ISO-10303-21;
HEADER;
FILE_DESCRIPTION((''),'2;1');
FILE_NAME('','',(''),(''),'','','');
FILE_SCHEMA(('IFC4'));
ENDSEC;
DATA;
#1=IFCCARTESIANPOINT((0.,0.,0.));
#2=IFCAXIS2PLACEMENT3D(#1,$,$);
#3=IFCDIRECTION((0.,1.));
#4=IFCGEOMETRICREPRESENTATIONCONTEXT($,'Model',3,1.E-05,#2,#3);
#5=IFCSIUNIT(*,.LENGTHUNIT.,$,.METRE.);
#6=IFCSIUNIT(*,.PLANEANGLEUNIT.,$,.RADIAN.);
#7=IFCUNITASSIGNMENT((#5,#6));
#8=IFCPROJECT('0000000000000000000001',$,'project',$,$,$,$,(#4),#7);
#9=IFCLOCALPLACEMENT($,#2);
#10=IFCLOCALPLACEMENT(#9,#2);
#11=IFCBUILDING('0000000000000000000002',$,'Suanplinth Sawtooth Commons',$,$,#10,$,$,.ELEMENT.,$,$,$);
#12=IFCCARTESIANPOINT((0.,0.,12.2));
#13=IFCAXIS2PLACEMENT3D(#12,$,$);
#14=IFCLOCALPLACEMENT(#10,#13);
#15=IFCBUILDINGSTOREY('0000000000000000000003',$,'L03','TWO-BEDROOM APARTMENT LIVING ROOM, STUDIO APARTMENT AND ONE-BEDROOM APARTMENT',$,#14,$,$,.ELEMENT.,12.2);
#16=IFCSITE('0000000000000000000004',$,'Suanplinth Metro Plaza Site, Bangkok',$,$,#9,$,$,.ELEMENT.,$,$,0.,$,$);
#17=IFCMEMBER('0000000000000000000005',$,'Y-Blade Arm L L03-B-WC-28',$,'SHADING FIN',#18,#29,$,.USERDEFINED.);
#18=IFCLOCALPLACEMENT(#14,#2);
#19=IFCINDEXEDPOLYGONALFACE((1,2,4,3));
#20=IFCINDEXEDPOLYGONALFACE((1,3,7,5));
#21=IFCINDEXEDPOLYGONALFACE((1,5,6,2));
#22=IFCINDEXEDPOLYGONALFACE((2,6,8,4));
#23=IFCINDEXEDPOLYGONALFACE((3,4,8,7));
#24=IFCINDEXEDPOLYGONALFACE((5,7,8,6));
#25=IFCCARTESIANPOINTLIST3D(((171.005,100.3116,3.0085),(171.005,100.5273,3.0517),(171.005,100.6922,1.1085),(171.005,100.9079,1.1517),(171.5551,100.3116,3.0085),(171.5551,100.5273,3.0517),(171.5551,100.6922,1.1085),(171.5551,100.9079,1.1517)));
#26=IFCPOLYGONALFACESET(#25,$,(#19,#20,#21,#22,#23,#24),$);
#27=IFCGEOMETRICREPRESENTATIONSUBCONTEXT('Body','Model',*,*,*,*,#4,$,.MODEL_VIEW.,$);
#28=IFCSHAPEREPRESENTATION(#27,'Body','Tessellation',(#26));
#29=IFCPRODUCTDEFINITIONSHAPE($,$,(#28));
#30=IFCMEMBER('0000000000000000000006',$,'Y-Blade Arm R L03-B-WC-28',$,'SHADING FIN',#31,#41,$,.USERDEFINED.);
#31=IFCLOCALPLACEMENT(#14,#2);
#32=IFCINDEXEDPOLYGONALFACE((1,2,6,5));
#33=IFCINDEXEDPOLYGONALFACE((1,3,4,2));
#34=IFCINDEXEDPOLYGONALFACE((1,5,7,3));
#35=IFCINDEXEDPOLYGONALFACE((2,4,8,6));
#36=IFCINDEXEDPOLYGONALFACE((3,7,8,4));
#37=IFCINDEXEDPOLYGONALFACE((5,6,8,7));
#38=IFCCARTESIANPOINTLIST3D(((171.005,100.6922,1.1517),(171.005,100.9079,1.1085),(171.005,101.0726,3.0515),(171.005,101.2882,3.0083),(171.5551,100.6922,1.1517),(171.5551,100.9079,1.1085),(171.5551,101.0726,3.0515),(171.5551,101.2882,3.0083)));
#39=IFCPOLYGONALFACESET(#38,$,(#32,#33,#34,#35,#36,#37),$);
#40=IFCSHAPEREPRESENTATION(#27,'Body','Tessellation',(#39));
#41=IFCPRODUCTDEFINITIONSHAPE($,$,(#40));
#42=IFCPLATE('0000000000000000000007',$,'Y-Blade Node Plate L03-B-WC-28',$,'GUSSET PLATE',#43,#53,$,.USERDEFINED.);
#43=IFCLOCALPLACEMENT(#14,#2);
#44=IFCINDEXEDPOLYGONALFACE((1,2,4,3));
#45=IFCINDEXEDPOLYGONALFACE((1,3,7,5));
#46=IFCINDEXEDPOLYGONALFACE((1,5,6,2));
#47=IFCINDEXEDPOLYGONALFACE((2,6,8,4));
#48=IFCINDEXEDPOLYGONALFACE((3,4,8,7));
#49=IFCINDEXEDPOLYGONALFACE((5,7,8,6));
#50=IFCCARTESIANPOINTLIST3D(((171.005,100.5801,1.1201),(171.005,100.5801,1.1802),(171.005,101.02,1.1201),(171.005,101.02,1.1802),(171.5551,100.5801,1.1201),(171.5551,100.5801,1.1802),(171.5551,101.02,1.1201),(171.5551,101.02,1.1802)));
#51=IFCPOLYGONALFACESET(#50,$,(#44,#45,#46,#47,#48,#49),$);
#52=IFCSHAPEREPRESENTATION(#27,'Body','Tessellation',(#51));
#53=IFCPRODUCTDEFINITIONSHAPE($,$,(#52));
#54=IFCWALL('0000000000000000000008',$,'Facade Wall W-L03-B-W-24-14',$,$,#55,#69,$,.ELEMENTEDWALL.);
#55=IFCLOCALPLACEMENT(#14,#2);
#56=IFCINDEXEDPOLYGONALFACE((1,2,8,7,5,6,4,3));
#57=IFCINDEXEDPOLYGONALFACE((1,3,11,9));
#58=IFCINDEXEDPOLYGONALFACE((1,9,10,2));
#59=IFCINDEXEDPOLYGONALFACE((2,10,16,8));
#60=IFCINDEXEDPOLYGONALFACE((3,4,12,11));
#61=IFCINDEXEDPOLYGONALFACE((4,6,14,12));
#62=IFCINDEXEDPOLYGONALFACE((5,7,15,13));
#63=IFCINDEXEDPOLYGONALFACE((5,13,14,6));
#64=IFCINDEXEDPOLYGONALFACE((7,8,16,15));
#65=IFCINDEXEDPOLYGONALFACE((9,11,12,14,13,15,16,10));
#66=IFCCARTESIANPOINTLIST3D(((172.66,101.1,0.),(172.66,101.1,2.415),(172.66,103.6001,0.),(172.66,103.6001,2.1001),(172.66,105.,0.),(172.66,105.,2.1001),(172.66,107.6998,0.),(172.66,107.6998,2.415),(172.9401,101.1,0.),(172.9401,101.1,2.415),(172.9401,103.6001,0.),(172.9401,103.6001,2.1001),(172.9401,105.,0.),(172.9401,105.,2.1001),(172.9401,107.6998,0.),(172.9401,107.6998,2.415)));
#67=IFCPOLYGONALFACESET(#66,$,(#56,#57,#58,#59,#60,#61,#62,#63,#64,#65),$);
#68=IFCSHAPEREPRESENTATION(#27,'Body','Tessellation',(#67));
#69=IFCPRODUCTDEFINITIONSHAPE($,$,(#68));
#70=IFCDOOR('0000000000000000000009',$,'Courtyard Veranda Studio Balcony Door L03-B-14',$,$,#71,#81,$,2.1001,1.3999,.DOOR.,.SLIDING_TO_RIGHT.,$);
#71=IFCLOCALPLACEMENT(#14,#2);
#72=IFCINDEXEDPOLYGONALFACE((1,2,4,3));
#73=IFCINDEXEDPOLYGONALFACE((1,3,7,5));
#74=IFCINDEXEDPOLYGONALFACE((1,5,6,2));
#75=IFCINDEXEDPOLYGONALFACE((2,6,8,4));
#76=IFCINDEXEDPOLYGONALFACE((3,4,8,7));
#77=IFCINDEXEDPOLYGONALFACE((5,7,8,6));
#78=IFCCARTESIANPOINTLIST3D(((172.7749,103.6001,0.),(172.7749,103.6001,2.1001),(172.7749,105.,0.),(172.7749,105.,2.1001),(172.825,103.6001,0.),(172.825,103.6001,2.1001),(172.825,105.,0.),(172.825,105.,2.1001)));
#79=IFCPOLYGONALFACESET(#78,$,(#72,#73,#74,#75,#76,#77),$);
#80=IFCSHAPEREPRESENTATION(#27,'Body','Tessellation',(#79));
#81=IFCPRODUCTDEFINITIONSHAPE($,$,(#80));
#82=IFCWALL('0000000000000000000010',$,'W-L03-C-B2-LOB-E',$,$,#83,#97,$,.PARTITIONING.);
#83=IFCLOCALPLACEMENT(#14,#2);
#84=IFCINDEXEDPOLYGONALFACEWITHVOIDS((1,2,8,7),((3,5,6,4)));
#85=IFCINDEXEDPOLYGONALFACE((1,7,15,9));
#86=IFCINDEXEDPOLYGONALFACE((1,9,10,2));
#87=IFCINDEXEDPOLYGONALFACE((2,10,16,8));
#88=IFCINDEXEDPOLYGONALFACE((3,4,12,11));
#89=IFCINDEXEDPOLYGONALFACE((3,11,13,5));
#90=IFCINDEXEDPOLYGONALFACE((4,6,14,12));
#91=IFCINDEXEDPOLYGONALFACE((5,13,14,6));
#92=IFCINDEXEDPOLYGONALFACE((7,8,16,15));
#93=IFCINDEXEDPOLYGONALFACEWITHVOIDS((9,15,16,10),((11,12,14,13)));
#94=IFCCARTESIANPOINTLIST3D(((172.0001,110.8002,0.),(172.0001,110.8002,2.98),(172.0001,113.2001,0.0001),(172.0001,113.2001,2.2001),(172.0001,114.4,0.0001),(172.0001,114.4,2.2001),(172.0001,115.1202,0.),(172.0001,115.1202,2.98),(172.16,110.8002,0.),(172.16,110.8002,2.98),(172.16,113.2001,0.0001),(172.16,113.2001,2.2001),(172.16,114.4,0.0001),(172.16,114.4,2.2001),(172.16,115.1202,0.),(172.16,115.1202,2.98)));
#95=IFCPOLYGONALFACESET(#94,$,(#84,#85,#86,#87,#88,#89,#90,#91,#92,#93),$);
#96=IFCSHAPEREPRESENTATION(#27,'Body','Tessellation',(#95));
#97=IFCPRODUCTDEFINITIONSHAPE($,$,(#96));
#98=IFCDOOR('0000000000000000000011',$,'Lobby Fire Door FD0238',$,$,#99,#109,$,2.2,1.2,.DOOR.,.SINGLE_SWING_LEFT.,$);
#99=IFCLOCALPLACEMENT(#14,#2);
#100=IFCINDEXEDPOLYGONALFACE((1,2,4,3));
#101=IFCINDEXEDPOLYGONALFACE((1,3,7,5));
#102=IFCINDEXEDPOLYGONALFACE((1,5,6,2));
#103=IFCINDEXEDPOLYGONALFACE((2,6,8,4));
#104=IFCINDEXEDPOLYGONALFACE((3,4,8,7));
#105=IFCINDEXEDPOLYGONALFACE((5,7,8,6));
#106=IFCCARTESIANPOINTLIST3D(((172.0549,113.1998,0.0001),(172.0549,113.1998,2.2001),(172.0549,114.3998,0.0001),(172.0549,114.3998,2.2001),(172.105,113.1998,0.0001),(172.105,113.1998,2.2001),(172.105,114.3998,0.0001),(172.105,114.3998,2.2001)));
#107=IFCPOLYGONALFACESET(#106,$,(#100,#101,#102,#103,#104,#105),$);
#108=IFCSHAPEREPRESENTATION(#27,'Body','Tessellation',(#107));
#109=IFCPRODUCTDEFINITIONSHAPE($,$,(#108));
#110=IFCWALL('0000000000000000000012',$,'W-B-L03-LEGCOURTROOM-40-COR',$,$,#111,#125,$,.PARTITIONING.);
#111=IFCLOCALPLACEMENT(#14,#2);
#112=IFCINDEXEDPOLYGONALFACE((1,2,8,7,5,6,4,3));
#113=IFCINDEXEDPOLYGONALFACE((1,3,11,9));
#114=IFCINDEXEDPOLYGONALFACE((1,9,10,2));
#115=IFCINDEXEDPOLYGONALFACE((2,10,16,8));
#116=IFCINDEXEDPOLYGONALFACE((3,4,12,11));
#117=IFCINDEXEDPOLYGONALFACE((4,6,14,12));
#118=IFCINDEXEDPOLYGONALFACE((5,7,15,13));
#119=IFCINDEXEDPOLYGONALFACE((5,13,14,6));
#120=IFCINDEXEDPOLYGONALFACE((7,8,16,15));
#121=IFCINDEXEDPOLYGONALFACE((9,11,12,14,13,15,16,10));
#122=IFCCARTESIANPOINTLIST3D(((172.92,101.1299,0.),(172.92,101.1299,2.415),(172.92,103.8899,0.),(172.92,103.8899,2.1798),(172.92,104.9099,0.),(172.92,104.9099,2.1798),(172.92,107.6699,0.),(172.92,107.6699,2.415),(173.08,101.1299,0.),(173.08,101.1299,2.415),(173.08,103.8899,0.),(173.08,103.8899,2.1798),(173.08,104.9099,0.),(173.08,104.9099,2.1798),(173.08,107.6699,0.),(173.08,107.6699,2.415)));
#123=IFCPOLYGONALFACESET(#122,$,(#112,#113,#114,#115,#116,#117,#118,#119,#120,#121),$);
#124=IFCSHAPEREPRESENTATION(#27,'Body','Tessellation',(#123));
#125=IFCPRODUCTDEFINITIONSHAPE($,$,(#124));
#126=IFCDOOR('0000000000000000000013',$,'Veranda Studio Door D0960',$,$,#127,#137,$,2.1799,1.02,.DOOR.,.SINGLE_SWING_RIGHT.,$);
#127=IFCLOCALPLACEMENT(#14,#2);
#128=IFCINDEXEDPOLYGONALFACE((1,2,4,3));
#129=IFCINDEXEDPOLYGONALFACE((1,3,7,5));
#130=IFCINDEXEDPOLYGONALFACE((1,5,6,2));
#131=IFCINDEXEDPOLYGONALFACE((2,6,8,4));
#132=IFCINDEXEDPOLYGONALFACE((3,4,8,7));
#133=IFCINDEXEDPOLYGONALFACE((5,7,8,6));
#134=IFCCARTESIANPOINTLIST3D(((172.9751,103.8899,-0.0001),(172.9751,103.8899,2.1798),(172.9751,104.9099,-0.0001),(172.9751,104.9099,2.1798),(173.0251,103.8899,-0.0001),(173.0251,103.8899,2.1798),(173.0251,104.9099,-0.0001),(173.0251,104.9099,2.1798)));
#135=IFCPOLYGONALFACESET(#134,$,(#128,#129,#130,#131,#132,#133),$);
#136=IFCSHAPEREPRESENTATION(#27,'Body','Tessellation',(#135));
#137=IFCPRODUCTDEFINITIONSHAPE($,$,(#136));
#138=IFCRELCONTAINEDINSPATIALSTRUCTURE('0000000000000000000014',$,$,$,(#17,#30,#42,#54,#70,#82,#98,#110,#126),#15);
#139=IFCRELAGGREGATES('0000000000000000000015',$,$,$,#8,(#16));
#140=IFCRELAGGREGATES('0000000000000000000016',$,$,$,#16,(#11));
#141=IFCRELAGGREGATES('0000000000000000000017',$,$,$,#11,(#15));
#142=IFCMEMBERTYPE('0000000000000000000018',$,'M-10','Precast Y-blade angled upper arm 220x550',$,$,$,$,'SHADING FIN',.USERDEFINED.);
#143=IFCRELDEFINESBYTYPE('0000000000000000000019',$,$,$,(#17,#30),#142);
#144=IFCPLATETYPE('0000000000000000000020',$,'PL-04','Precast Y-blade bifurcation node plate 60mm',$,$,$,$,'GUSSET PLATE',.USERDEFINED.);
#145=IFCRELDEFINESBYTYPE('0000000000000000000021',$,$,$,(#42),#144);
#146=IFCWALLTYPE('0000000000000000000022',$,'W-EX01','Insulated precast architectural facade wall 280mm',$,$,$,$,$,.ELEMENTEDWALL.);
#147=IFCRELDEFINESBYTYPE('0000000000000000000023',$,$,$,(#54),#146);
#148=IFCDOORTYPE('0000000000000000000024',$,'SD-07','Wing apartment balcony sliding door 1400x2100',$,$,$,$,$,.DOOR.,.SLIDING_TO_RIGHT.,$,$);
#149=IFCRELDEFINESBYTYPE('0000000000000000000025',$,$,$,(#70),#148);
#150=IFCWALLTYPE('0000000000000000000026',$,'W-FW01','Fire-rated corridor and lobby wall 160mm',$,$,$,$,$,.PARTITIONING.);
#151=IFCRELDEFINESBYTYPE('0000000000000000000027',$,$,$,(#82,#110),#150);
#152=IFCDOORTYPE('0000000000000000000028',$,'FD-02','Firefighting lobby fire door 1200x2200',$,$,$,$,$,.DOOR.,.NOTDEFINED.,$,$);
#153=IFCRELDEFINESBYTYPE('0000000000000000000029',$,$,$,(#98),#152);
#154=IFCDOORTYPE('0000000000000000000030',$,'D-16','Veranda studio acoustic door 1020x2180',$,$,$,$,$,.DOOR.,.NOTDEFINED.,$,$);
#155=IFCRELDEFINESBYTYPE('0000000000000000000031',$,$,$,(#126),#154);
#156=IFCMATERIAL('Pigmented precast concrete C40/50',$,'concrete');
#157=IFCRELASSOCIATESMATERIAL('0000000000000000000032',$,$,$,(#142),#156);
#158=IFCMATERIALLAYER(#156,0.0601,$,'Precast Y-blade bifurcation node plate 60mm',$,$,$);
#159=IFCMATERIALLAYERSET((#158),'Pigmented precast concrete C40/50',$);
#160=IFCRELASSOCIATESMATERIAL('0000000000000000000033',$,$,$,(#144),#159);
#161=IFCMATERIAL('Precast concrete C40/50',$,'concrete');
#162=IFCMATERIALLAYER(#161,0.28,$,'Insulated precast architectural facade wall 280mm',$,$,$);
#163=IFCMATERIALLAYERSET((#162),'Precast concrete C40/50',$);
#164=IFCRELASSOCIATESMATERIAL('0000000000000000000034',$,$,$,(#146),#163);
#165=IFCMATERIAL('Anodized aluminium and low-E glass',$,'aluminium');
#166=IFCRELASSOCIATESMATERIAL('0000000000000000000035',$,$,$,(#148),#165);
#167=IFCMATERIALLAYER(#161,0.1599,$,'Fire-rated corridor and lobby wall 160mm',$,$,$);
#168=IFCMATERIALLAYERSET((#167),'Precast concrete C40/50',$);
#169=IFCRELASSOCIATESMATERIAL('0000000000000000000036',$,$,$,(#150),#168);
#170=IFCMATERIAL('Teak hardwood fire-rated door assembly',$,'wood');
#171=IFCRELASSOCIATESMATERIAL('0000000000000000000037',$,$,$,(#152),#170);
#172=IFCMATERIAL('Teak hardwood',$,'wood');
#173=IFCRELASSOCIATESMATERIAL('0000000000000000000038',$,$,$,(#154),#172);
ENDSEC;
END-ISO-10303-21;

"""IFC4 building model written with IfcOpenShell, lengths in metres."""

from ifc_helpers import new_model, si_unit, direction, frame, frame_2d, origin, origin_2d, place, context, subcontext, project, spatial, rectangle, extrude, material, layer, layer_set, material_profile, profile_set, type_object, element, fill, save


model = new_model("IFC4")

# Units and contexts
model_context = context("Model", 3, precision=1e-05, world=origin(), true_north=direction((0.0, 1.0)))
body_context = subcontext(model_context, "Body", "Model", "MODEL_VIEW")
ifc_project = project(units=[si_unit("LENGTHUNIT", "METRE"), si_unit("PLANEANGLEUNIT", "RADIAN")], contexts=[model_context])

# Site, building, storey
site_placement = place(None, origin())
site = spatial("IfcSite", under=ifc_project, at=site_placement, Name="Suanplinth Metro Plaza Site, Bangkok", CompositionType="ELEMENT", RefElevation=0.0)
building_placement = place(site_placement, origin())
building = spatial("IfcBuilding", under=site, at=building_placement, Name="Suanplinth Sawtooth Commons", CompositionType="ELEMENT")
storey_placement = place(building_placement, frame((0.0, 0.0, 12.2)))
storey = spatial("IfcBuildingStorey", under=building, at=storey_placement, Name="L03", Description="TWO-BEDROOM APARTMENT LIVING ROOM, STUDIO APARTMENT AND ONE-BEDROOM APARTMENT", CompositionType="ELEMENT", Elevation=12.2)

# Shared definitions
ifc_material_1 = material(Name="Precast concrete C40/50", Category="concrete")

# Members
ifc_material_2 = material(Name="Pigmented precast concrete C40/50", Category="concrete")
ifc_material_profile_1 = material_profile(ifc_material_2, rectangle(XDim=0.22, YDim=0.55, at=origin_2d()), Name="PC-FIN 220x550")
ifc_profile_set_1 = profile_set([ifc_material_profile_1], Name="Pigmented precast concrete C40/50")
member_type_1 = type_object("IfcMemberType", Name="M-10", Description="Precast Y-blade angled upper arm 220x550", ElementType="SHADING FIN", PredefinedType="USERDEFINED", material=ifc_profile_set_1)
member_1_placement = place(storey_placement, frame((171.28, 100.8, 1.1301), z_axis=(0.0, -0.196431, 0.980518), x_axis=(0.0, 0.980518, 0.196431)))
element("IfcMember", 1, at=member_1_placement, inside=storey, type_object=member_type_1, Name="Y-Blade Arm L L03-B-WC-28", ObjectType="SHADING FIN", PredefinedType="USERDEFINED", context=body_context, shape_type="SweptSolid", body=[
    extrude(rectangle(XDim=0.22, YDim=0.55, at=origin_2d()), origin(), (0.0, 0.0, 1.0), 1.9377),
])
member_2_placement = place(storey_placement, frame((171.28, 100.8, 1.1301), z_axis=(0.0, 0.19631, 0.980542), x_axis=(0.0, -0.980542, 0.19631)))
element("IfcMember", 2, at=member_2_placement, inside=storey, type_object=member_type_1, Name="Y-Blade Arm R L03-B-WC-28", ObjectType="SHADING FIN", PredefinedType="USERDEFINED", context=body_context, shape_type="SweptSolid", body=[
    extrude(rectangle(XDim=0.22, YDim=0.55, at=origin_2d()), origin(), (0.0, 0.0, 1.0), 1.9375),
])

# Plate
ifc_layer_1 = layer(ifc_material_2, 0.0601, Name="Precast Y-blade bifurcation node plate 60mm")
ifc_layer_set_1 = layer_set([ifc_layer_1], Name="Pigmented precast concrete C40/50")
plate_type = type_object("IfcPlateType", Name="PL-04", Description="Precast Y-blade bifurcation node plate 60mm", ElementType="GUSSET PLATE", PredefinedType="USERDEFINED", material=ifc_layer_set_1)
plate_placement = place(storey_placement, frame((171.28, 100.8, 1.1201), z_axis=(0.0, 0.0, 1.0), x_axis=(0.0, 1.0, 0.0)))
element("IfcPlate", 3, at=plate_placement, inside=storey, type_object=plate_type, Name="Y-Blade Node Plate L03-B-WC-28", ObjectType="GUSSET PLATE", PredefinedType="USERDEFINED", context=body_context, shape_type="SweptSolid", body=[
    extrude(rectangle(XDim=0.4399, YDim=0.55, at=origin_2d()), origin(), (0.0, 0.0, 1.0), 0.0601),
])

# Walls, openings, doors
ifc_layer_2 = layer(ifc_material_1, 0.28, Name="Insulated precast architectural facade wall 280mm")
ifc_layer_set_2 = layer_set([ifc_layer_2], Name="Precast concrete C40/50")
wall_type_1 = type_object("IfcWallType", Name="W-EX01", Description="Insulated precast architectural facade wall 280mm", PredefinedType="ELEMENTEDWALL", material=ifc_layer_set_2)
wall_1_placement = place(storey_placement, frame((172.8, 101.1001, 0.0), z_axis=(0.0, 0.0, 1.0), x_axis=(0.0, 1.0, 0.0)))
wall_1 = element("IfcWall", 4, at=wall_1_placement, inside=storey, type_object=wall_type_1, Name="Facade Wall W-L03-B-W-24-14", PredefinedType="ELEMENTEDWALL", context=body_context, shape_type="SweptSolid", body=[
    extrude(rectangle(XDim=6.5999, YDim=0.28, at=frame_2d((3.2998, 0.0))), origin(), (0.0, 0.0, 1.0), 2.415),
])
opening_1_placement = place(wall_1_placement, frame((2.5, 0.0, 0.0)))
opening_1 = element("IfcOpeningElement", 5, at=opening_1_placement, cuts=wall_1, PredefinedType="OPENING", context=body_context, shape_type="SweptSolid", body=[
    extrude(rectangle(XDim=1.3999, YDim=2.1001, at=frame_2d((0.7, 1.05))), frame((0.0, 0.1548, 0.0), z_axis=(0.0, -1.0, 0.0), x_axis=(1.0, 0.0, 0.0)), (0.0, 0.0, 1.0), 0.3098),
])
ifc_material_3 = material(Name="Anodized aluminium and low-E glass", Category="aluminium")
door_type_1 = type_object("IfcDoorType", Name="SD-07", Description="Wing apartment balcony sliding door 1400x2100", OperationType="SLIDING_TO_RIGHT", PredefinedType="DOOR", material=ifc_material_3)
door_1_placement = place(opening_1_placement, frame((1.3999, 0.0, 0.0), z_axis=(0.0, 0.0, 1.0), x_axis=(-1.0, 0.0, 0.0)))
door_1 = element("IfcDoor", 6, at=door_1_placement, inside=storey, type_object=door_type_1, Name="Courtyard Veranda Studio Balcony Door L03-B-14", OperationType="SLIDING_TO_RIGHT", OverallHeight=2.1001, OverallWidth=1.3999, PredefinedType="DOOR", context=body_context, shape_type="SweptSolid", body=[
    extrude(rectangle(XDim=1.3999, YDim=2.1001, at=frame_2d((0.7, 1.05))), frame((0.0, 0.0249, 0.0), z_axis=(0.0, -1.0, 0.0), x_axis=(1.0, 0.0, 0.0)), (0.0, 0.0, 1.0), 0.05),
])
fill(opening_1, door_1)
ifc_layer_3 = layer(ifc_material_1, 0.1599, Name="Fire-rated corridor and lobby wall 160mm")
ifc_layer_set_3 = layer_set([ifc_layer_3], Name="Precast concrete C40/50")
wall_type_2 = type_object("IfcWallType", Name="W-FW01", Description="Fire-rated corridor and lobby wall 160mm", PredefinedType="PARTITIONING", material=ifc_layer_set_3)
wall_2_placement = place(storey_placement, frame((172.0801, 110.8, 0.0), z_axis=(0.0, 0.0, 1.0), x_axis=(0.0, 1.0, 0.0)))
wall_2 = element("IfcWall", 7, at=wall_2_placement, inside=storey, type_object=wall_type_2, Name="W-L03-C-B2-LOB-E", PredefinedType="PARTITIONING", context=body_context, shape_type="SweptSolid", body=[
    extrude(rectangle(XDim=4.3201, YDim=0.1599, at=frame_2d((2.1602, 0.0))), origin(), (0.0, 0.0, 1.0), 2.98),
])
opening_2_placement = place(wall_2_placement, frame((2.3999, 0.0, 0.0)))
opening_2 = element("IfcOpeningElement", 8, at=opening_2_placement, cuts=wall_2, PredefinedType="OPENING", context=body_context, shape_type="SweptSolid", body=[
    extrude(rectangle(XDim=1.2, YDim=2.2, at=frame_2d((0.6001, 1.1001))), frame((0.0, 0.0947, 0.0), z_axis=(0.0, -1.0, 0.0), x_axis=(1.0, 0.0, 0.0)), (0.0, 0.0, 1.0), 0.1897),
])
ifc_material_4 = material(Name="Teak hardwood fire-rated door assembly", Category="wood")
door_type_2 = type_object("IfcDoorType", Name="FD-02", Description="Firefighting lobby fire door 1200x2200", OperationType="NOTDEFINED", PredefinedType="DOOR", material=ifc_material_4)
door_2_placement = place(opening_2_placement, frame((1.2, 0.0, 0.0), z_axis=(0.0, 0.0, 1.0), x_axis=(-1.0, 0.0, 0.0)))
door_2 = element("IfcDoor", 9, at=door_2_placement, inside=storey, type_object=door_type_2, Name="Lobby Fire Door FD0238", OperationType="SINGLE_SWING_LEFT", OverallHeight=2.2, OverallWidth=1.2, PredefinedType="DOOR", context=body_context, shape_type="SweptSolid", body=[
    extrude(rectangle(XDim=1.2, YDim=2.2, at=frame_2d((0.6001, 1.1001))), frame((0.0, 0.0249, 0.0), z_axis=(0.0, -1.0, 0.0), x_axis=(1.0, 0.0, 0.0)), (0.0, 0.0, 1.0), 0.05),
])
fill(opening_2, door_2)
wall_3_placement = place(storey_placement, frame((173.0, 101.1299, 0.0), z_axis=(0.0, 0.0, 1.0), x_axis=(0.0, 1.0, 0.0)))
wall_3 = element("IfcWall", 10, at=wall_3_placement, inside=storey, type_object=wall_type_2, Name="W-B-L03-LEGCOURTROOM-40-COR", PredefinedType="PARTITIONING", context=body_context, shape_type="SweptSolid", body=[
    extrude(rectangle(XDim=6.54, YDim=0.1599, at=frame_2d((3.27, 0.0))), origin(), (0.0, 0.0, 1.0), 2.415),
])
opening_3_placement = place(wall_3_placement, frame((2.76, 0.0, 0.0)))
opening_3 = element("IfcOpeningElement", 11, at=opening_3_placement, cuts=wall_3, PredefinedType="OPENING", context=body_context, shape_type="SweptSolid", body=[
    extrude(rectangle(XDim=1.02, YDim=2.1799, at=frame_2d((0.51, 1.0898))), frame((0.0, 0.0947, 0.0), z_axis=(0.0, -1.0, 0.0), x_axis=(1.0, 0.0, 0.0)), (0.0, 0.0, 1.0), 0.1897),
])
ifc_material_5 = material(Name="Teak hardwood", Category="wood")
door_type_3 = type_object("IfcDoorType", Name="D-16", Description="Veranda studio acoustic door 1020x2180", OperationType="NOTDEFINED", PredefinedType="DOOR", material=ifc_material_5)
door_3_placement = place(opening_3_placement, origin())
door_3 = element("IfcDoor", 12, at=door_3_placement, inside=storey, type_object=door_type_3, Name="Veranda Studio Door D0960", OperationType="SINGLE_SWING_RIGHT", OverallHeight=2.1799, OverallWidth=1.02, PredefinedType="DOOR", context=body_context, shape_type="SweptSolid", body=[
    extrude(rectangle(XDim=1.02, YDim=2.1799, at=frame_2d((0.51, 1.0898))), frame((0.0, 0.0249, 0.0), z_axis=(0.0, -1.0, 0.0), x_axis=(1.0, 0.0, 0.0)), (0.0, 0.0, 1.0), 0.05),
])
fill(opening_3, door_3)

save(model, "model.ifc")
